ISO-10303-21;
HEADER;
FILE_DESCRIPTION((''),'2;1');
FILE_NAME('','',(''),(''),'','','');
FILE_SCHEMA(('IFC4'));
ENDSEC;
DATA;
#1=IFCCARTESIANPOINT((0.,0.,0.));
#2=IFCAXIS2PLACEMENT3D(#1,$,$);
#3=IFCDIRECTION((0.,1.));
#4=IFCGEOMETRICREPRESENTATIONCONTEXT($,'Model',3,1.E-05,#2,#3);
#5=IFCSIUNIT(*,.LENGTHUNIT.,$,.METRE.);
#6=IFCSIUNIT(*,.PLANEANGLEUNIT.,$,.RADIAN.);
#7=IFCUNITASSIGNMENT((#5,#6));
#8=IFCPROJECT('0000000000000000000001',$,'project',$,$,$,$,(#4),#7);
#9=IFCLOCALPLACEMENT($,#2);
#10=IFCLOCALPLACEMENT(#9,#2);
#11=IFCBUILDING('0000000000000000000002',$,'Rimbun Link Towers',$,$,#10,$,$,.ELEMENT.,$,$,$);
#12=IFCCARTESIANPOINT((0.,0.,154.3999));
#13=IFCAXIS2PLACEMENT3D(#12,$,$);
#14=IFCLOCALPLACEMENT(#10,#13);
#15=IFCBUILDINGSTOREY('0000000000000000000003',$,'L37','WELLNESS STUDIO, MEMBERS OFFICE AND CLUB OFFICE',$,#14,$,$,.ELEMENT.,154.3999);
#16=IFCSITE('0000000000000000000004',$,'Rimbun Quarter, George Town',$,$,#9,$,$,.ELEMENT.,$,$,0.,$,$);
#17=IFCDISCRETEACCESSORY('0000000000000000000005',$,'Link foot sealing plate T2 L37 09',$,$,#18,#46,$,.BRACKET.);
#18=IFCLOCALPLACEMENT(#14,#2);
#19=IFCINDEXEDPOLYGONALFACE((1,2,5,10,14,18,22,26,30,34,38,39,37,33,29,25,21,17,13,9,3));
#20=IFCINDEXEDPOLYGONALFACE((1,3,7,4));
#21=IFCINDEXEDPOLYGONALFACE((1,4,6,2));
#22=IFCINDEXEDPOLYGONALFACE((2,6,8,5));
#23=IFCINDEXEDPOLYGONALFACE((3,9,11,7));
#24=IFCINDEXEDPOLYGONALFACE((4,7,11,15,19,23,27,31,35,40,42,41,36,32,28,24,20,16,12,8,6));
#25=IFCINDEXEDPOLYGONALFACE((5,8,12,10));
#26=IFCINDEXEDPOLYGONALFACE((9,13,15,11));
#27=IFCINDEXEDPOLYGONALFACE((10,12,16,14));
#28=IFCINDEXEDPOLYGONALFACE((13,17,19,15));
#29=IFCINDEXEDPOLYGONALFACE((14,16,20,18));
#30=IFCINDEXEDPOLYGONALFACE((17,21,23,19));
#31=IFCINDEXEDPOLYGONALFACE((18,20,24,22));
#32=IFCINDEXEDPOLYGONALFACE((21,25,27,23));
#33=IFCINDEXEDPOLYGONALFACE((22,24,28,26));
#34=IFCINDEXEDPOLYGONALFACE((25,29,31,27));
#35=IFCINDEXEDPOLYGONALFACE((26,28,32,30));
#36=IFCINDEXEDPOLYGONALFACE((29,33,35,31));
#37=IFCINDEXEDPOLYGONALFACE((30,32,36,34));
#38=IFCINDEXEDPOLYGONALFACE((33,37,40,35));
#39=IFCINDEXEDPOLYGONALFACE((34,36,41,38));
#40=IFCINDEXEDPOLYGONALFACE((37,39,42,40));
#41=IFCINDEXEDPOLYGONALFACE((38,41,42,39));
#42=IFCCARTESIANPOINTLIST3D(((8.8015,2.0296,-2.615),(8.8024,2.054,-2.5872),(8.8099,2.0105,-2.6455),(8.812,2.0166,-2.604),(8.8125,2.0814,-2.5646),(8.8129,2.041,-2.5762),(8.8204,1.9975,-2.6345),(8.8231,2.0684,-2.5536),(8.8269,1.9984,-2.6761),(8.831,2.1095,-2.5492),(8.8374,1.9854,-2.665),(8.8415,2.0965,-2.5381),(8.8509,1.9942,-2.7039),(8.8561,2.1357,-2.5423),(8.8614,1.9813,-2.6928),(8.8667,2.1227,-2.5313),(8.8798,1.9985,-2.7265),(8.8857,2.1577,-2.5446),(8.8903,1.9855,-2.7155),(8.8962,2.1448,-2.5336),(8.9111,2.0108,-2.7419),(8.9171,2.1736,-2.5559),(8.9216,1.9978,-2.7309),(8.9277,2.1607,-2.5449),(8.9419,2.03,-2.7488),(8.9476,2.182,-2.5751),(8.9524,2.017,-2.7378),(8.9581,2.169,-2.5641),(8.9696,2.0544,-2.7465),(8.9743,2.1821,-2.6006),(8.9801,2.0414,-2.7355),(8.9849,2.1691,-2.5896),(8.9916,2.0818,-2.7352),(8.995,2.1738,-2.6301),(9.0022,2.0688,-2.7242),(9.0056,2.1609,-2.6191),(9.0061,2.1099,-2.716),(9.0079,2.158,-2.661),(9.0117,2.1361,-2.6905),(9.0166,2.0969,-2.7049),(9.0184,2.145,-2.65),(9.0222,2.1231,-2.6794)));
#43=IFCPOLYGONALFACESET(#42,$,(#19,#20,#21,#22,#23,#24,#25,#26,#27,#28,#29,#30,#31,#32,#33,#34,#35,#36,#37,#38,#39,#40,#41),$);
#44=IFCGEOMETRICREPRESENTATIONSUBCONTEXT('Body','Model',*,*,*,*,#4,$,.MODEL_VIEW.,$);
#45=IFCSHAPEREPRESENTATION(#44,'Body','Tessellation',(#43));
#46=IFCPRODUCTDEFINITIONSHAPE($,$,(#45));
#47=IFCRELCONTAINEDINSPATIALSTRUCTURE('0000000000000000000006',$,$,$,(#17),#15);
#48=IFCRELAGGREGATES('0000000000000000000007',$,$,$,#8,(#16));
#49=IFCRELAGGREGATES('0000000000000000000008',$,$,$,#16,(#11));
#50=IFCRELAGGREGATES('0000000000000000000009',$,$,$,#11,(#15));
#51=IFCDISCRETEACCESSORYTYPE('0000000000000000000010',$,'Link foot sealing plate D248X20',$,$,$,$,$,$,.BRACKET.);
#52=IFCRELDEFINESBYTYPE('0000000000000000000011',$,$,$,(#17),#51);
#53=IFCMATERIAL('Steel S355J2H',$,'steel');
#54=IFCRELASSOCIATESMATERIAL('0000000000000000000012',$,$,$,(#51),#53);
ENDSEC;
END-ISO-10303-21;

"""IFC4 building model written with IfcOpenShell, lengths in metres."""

from ifc_helpers import new_model, si_unit, direction, frame, origin, origin_2d, place, context, subcontext, project, spatial, circle, extrude, material, material_profile, profile_set, type_object, element, save


model = new_model("IFC4")

# Units and contexts
model_context = context("Model", 3, precision=1e-05, world=origin(), true_north=direction((0.0, 1.0)))
body_context = subcontext(model_context, "Body", "Model", "MODEL_VIEW")
ifc_project = project(units=[si_unit("LENGTHUNIT", "METRE"), si_unit("PLANEANGLEUNIT", "RADIAN")], contexts=[model_context])

# Site, building, storey
site_placement = place(None, origin())
site = spatial("IfcSite", under=ifc_project, at=site_placement, Name="Rimbun Quarter, George Town", CompositionType="ELEMENT", RefElevation=0.0)
building_placement = place(site_placement, origin())
building = spatial("IfcBuilding", under=site, at=building_placement, Name="Rimbun Link Towers", CompositionType="ELEMENT")
storey_placement = place(building_placement, frame((0.0, 0.0, 154.3999)))
storey = spatial("IfcBuildingStorey", under=building, at=storey_placement, Name="L37", Description="WELLNESS STUDIO, MEMBERS OFFICE AND CLUB OFFICE", CompositionType="ELEMENT", Elevation=154.3999)

# Discrete accessory
ifc_material_1 = material(Name="Steel S355J2H", Category="steel")
ifc_material_profile_1 = material_profile(ifc_material_1, circle(Radius=0.124, at=origin_2d()), Name="PL D248")
ifc_profile_set_1 = profile_set([ifc_material_profile_1], Name="Steel S355J2H")
discrete_accessory_type = type_object("IfcDiscreteAccessoryType", Name="Link foot sealing plate D248X20", PredefinedType="BRACKET", material=ifc_profile_set_1)
discrete_accessory_placement = place(storey_placement, frame((8.9167, 2.0757, -2.6345), z_axis=(-0.525996, 0.648321, -0.550461), x_axis=(-0.776562, -0.630041, 0.0)))
element("IfcDiscreteAccessory", 1, at=discrete_accessory_placement, inside=storey, type_object=discrete_accessory_type, Name="Link foot sealing plate T2 L37 09", PredefinedType="BRACKET", context=body_context, shape_type="SweptSolid", body=[
    extrude(circle(Radius=0.124, at=origin_2d()), origin(), (0.0, 0.0, 1.0), 0.02),
])

save(model, "model.ifc")
